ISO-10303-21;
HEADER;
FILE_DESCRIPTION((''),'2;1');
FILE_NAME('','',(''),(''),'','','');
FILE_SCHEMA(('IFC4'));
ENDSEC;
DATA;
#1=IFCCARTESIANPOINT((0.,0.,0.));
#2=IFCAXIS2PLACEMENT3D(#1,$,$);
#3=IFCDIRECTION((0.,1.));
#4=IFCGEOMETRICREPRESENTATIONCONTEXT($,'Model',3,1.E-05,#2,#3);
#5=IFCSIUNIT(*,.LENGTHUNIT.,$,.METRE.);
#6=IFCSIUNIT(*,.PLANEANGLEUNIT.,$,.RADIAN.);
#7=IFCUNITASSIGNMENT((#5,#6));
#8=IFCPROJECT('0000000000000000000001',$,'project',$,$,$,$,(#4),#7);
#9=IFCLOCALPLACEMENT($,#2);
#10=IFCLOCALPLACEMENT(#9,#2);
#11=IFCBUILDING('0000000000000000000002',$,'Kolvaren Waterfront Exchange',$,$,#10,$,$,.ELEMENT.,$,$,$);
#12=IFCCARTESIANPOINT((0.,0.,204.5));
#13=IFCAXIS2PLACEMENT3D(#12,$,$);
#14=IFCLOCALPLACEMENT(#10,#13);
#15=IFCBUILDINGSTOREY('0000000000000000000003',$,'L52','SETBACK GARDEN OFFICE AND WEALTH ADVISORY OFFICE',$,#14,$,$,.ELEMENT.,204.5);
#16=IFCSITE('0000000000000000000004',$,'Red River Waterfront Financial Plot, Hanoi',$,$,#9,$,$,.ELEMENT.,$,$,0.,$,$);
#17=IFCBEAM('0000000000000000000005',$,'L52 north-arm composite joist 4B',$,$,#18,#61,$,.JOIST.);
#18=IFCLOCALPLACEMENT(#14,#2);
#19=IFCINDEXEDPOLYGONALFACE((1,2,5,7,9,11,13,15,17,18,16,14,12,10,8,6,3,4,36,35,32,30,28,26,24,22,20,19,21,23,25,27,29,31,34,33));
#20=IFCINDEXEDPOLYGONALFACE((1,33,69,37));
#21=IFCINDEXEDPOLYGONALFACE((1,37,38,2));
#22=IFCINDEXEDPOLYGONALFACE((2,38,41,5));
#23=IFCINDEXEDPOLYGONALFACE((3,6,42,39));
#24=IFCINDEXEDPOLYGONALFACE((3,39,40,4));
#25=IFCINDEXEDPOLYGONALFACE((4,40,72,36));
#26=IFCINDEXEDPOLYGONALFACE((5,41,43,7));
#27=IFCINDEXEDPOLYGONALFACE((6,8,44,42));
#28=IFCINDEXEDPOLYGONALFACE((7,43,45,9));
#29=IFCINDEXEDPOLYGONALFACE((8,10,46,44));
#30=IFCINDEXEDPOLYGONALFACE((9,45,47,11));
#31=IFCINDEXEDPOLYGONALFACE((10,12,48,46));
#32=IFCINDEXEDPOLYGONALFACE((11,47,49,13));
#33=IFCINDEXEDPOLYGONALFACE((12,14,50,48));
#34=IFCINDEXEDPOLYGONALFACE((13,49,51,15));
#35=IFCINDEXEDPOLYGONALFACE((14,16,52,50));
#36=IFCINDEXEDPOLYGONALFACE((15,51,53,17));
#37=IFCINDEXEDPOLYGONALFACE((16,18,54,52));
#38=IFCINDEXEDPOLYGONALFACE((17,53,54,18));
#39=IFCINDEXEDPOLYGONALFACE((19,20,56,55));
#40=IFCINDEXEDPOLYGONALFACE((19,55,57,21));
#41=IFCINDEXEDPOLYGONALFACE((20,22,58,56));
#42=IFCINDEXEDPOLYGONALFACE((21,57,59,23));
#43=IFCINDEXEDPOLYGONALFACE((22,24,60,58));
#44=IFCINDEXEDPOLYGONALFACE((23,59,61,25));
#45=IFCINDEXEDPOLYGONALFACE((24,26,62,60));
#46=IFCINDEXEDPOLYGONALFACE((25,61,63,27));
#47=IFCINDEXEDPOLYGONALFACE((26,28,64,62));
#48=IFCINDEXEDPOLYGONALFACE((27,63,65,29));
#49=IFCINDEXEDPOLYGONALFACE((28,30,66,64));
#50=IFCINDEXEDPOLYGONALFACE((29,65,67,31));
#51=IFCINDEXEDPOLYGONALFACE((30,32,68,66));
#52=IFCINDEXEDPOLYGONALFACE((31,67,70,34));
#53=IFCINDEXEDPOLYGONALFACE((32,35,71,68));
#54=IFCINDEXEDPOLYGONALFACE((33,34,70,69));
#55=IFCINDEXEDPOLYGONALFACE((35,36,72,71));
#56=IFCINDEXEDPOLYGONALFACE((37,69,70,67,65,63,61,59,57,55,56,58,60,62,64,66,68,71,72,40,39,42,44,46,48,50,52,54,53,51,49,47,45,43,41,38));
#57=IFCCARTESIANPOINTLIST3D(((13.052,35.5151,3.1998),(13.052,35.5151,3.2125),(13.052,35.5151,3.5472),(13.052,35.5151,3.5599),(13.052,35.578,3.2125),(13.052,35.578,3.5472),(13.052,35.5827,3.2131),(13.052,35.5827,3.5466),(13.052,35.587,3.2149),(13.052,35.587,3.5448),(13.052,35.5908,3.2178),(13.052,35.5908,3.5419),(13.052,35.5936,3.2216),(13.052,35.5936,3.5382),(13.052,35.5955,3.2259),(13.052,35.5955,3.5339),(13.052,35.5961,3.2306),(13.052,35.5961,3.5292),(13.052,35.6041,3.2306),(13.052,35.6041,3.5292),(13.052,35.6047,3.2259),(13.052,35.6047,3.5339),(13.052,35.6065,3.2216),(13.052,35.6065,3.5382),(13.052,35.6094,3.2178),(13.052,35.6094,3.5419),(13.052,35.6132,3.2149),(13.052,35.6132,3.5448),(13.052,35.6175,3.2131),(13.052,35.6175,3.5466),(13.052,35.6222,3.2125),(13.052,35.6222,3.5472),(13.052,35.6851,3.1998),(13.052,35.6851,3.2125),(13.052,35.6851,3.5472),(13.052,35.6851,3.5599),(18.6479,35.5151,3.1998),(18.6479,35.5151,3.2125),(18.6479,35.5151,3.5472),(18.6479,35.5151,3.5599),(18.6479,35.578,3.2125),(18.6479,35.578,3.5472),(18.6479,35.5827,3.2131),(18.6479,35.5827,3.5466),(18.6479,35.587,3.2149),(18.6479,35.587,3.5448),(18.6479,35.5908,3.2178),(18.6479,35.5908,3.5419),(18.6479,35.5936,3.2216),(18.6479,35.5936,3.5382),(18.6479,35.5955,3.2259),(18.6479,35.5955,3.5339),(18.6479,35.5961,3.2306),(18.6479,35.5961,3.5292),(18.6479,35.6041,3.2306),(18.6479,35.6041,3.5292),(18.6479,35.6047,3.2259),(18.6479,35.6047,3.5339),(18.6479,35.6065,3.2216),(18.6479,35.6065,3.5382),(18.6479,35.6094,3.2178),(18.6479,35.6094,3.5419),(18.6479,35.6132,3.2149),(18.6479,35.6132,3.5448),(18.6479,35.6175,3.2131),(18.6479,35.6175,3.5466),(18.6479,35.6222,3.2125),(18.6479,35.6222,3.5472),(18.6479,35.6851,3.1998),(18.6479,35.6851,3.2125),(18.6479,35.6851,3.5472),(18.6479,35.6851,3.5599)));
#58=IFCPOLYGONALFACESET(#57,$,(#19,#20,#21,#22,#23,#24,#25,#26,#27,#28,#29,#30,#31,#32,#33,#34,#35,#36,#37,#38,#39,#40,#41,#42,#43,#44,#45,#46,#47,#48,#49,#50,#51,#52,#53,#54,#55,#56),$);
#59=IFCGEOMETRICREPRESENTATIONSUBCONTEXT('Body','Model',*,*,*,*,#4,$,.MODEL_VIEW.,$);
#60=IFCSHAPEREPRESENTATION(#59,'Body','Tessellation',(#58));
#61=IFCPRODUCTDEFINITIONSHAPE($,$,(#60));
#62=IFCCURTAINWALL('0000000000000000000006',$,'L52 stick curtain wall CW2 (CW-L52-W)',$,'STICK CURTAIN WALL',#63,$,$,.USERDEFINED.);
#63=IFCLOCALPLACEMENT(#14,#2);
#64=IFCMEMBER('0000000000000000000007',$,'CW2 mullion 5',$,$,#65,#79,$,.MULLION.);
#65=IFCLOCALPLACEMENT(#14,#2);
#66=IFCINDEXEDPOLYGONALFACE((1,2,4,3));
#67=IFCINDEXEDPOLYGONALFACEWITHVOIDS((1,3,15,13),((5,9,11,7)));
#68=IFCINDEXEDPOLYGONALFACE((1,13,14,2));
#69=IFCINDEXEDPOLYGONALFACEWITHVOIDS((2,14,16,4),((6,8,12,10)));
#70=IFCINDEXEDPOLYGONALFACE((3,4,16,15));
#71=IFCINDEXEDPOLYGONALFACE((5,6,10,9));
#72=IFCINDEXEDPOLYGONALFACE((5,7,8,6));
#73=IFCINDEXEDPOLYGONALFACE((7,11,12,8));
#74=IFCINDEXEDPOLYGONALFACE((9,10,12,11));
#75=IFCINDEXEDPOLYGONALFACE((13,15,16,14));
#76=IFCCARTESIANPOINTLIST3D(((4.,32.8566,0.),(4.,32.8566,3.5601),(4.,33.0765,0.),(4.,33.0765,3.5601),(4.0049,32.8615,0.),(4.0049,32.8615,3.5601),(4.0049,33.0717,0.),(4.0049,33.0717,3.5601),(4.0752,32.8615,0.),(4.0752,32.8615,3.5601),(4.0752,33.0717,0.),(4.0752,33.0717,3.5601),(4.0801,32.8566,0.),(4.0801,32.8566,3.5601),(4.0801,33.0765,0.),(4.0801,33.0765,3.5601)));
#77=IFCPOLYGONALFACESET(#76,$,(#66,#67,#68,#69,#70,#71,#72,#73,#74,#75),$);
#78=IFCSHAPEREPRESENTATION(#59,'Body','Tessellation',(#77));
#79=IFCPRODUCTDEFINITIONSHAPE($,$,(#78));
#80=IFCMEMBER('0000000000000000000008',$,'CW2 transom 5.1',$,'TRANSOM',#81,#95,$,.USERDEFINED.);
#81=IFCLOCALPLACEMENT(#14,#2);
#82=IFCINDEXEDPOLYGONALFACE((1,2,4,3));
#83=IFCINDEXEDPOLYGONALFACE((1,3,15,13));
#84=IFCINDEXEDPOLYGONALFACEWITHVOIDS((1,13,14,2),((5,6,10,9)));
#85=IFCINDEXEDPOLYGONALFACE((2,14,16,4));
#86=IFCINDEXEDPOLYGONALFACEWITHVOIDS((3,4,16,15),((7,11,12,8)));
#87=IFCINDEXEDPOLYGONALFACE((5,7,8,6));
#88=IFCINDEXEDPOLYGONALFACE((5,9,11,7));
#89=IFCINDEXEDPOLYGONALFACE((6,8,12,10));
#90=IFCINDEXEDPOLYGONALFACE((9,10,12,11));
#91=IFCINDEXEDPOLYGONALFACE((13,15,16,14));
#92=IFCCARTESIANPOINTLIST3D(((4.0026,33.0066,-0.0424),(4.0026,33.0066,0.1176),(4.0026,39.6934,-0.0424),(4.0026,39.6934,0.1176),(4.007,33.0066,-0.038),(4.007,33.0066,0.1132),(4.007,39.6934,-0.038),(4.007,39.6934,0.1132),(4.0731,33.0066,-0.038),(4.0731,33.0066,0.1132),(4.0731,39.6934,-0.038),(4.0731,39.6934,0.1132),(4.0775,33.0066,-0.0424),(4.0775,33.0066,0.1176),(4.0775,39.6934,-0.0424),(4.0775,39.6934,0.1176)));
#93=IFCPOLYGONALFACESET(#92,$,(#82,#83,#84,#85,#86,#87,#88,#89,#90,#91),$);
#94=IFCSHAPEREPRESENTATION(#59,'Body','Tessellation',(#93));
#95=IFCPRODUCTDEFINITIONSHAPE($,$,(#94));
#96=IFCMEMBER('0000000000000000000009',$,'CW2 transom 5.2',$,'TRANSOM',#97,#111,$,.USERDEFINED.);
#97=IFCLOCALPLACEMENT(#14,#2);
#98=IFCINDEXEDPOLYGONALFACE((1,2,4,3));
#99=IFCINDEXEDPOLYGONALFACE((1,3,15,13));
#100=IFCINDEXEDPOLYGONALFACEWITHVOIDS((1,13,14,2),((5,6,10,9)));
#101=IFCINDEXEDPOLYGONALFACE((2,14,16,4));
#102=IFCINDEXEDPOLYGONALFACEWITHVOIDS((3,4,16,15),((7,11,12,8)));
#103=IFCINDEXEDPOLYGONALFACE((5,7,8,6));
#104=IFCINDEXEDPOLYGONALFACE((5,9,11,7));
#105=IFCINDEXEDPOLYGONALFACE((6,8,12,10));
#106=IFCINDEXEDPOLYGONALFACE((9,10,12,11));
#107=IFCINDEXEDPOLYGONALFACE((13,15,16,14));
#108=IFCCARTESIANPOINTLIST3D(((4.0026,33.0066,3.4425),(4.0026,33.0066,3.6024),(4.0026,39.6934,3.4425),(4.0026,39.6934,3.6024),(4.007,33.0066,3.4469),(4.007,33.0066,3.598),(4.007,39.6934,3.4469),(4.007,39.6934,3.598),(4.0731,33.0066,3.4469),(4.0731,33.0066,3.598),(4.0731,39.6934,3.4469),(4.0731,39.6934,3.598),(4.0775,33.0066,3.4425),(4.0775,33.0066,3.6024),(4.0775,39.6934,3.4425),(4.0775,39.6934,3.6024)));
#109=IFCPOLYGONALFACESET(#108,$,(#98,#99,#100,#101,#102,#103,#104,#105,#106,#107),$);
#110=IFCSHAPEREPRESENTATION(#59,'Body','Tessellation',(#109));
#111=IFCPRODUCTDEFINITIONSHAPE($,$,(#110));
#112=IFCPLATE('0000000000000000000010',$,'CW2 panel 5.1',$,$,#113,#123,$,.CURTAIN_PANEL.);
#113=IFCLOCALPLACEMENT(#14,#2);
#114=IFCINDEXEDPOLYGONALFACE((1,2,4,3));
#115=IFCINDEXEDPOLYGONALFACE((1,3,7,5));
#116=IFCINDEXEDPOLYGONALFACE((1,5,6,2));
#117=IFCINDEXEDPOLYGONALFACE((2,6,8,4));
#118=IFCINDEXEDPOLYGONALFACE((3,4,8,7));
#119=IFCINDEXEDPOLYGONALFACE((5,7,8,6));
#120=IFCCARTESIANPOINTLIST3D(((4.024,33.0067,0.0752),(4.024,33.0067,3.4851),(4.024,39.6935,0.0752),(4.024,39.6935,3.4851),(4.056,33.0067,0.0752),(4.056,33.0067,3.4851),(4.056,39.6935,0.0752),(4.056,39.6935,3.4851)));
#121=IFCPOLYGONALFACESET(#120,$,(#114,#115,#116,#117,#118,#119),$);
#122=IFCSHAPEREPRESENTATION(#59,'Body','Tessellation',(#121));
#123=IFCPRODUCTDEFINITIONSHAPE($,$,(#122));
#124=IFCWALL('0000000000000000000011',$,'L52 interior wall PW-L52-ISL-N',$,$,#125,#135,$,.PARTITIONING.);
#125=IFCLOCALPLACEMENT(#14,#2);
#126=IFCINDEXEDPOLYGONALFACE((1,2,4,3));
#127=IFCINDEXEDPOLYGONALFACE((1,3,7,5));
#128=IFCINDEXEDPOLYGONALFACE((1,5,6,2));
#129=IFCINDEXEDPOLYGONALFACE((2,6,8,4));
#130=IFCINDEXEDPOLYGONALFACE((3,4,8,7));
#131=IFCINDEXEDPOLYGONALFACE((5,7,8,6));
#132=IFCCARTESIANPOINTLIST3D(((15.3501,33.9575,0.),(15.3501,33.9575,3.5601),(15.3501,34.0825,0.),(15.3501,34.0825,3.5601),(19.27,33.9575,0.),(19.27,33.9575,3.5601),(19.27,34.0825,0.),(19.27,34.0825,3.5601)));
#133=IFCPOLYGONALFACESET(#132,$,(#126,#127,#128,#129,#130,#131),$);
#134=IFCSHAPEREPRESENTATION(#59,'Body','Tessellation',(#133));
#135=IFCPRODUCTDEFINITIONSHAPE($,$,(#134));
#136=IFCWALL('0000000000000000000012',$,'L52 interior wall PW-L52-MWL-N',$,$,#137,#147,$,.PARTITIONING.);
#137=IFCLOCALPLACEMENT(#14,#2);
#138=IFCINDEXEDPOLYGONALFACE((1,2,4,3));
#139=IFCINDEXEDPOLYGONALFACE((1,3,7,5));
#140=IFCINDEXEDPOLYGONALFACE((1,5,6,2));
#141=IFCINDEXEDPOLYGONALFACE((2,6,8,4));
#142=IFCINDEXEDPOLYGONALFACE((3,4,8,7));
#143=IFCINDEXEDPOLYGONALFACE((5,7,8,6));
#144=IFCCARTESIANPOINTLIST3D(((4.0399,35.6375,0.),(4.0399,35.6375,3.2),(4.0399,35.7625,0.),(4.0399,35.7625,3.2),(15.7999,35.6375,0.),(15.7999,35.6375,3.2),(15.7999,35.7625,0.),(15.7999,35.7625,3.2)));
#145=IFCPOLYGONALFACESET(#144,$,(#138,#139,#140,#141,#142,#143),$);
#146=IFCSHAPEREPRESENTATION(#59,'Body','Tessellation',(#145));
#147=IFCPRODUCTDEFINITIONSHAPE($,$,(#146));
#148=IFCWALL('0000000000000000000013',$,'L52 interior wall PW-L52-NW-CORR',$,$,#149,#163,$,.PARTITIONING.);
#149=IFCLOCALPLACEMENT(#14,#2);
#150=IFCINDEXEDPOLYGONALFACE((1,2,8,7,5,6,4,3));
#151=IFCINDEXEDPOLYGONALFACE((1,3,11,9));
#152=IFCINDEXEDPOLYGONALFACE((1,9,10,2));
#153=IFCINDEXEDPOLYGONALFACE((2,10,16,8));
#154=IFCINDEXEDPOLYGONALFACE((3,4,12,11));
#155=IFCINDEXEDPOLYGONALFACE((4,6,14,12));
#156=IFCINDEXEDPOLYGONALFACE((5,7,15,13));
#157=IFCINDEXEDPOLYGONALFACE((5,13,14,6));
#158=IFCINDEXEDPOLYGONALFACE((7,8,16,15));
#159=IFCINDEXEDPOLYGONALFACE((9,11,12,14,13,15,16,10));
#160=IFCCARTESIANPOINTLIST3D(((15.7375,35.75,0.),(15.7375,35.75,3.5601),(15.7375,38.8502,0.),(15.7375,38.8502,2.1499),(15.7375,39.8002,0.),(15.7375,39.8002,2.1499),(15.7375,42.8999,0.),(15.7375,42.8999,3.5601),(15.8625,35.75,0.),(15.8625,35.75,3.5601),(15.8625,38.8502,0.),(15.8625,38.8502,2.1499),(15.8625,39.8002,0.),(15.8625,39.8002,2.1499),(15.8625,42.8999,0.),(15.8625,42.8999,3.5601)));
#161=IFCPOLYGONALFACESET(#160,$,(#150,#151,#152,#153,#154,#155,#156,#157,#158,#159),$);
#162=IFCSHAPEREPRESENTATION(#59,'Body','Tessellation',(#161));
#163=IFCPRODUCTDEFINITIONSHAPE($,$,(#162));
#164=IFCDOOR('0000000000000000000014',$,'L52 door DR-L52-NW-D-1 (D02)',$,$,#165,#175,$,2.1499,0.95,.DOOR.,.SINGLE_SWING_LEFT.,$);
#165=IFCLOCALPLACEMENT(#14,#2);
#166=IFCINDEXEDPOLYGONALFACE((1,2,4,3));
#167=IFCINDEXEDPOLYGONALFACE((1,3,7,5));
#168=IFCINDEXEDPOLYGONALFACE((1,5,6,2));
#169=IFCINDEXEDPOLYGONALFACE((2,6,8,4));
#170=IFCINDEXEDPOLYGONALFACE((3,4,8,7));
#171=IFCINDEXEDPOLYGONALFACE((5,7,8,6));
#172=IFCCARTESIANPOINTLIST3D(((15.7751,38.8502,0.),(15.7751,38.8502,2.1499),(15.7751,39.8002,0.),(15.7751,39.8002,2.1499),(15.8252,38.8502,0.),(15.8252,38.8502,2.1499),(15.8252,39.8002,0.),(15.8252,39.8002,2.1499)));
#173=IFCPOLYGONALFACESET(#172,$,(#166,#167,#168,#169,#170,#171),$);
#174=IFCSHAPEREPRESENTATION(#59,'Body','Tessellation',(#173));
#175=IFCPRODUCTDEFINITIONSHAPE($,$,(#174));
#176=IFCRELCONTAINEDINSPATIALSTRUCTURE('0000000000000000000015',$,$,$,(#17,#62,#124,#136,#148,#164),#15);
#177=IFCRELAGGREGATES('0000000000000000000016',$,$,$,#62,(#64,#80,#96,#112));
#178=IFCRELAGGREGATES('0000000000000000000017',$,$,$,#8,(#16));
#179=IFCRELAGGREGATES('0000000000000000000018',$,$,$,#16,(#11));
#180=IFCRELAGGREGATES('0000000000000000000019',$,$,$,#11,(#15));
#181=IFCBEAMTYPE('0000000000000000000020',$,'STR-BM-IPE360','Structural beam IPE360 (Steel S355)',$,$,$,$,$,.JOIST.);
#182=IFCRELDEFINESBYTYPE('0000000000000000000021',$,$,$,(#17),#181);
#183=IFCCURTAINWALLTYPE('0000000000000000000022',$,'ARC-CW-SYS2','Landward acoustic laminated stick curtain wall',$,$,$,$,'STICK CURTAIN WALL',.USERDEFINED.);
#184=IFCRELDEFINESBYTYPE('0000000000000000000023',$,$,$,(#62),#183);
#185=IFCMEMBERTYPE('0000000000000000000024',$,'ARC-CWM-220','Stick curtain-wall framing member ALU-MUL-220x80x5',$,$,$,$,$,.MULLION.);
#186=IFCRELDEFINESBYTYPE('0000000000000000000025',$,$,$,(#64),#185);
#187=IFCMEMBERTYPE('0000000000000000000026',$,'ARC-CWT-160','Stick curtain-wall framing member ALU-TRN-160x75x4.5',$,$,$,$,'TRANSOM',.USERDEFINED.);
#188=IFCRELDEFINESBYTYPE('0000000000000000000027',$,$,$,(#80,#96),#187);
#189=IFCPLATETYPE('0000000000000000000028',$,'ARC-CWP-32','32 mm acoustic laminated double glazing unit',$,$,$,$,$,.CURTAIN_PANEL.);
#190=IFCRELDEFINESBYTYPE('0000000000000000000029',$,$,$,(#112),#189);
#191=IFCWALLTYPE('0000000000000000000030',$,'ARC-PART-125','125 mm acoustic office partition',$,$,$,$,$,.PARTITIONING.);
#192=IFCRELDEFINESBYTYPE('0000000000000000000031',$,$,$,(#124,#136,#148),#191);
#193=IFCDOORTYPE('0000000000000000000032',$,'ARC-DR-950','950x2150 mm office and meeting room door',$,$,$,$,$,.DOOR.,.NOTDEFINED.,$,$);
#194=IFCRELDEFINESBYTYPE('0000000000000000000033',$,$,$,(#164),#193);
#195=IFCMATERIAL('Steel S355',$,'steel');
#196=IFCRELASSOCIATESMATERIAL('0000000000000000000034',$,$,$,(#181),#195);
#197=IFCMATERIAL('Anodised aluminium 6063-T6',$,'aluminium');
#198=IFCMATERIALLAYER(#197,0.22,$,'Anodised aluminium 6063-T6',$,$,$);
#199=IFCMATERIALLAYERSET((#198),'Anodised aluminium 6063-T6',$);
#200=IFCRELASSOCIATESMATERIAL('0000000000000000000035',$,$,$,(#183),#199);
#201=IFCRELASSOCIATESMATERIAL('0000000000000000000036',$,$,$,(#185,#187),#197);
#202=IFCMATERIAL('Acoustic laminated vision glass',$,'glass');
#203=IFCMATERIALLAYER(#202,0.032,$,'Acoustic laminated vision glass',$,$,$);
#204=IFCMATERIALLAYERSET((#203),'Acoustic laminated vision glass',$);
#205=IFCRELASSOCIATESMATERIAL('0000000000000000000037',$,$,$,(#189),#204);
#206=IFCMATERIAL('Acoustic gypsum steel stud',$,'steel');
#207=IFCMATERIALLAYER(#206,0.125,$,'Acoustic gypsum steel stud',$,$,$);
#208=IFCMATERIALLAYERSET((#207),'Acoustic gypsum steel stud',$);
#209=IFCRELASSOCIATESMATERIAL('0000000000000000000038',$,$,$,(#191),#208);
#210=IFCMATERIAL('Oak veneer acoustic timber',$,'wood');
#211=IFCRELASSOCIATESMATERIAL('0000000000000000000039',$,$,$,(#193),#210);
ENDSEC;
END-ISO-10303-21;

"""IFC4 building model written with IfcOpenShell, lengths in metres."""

from ifc_helpers import new_model, si_unit, direction, frame, frame_2d, origin, origin_with_axes, origin_2d, place, context, subcontext, project, spatial, rectangle, hollow_rectangle, i_section, extrude, source, transform, mapped, material, layer, layer_set, material_profile, profile_set, type_object, element, fill, aggregate, save


model = new_model("IFC4")

# Units and contexts
model_context = context("Model", 3, precision=1e-05, world=origin(), true_north=direction((0.0, 1.0)))
body_context = subcontext(model_context, "Body", "Model", "MODEL_VIEW")
ifc_project = project(units=[si_unit("LENGTHUNIT", "METRE"), si_unit("PLANEANGLEUNIT", "RADIAN")], contexts=[model_context])

# Site, building, storey
site_placement = place(None, origin())
site = spatial("IfcSite", under=ifc_project, at=site_placement, Name="Red River Waterfront Financial Plot, Hanoi", CompositionType="ELEMENT", RefElevation=0.0)
building_placement = place(site_placement, origin())
building = spatial("IfcBuilding", under=site, at=building_placement, Name="Kolvaren Waterfront Exchange", CompositionType="ELEMENT")
storey_placement = place(building_placement, frame((0.0, 0.0, 204.5)))
storey = spatial("IfcBuildingStorey", under=building, at=storey_placement, Name="L52", Description="SETBACK GARDEN OFFICE AND WEALTH ADVISORY OFFICE", CompositionType="ELEMENT", Elevation=204.5)

# Beam
ifc_material_1 = material(Name="Steel S355", Category="steel")
ifc_material_profile_1 = material_profile(ifc_material_1, i_section(OverallWidth=0.1699, OverallDepth=0.3601, WebThickness=0.0081, FlangeThickness=0.0127, FilletRadius=0.0181, at=origin_2d()), Name="IPE360")
ifc_profile_set_1 = profile_set([ifc_material_profile_1], Name="Steel S355")
beam_type_1 = type_object("IfcBeamType", Name="STR-BM-IPE360", Description="Structural beam IPE360 (Steel S355)", PredefinedType="JOIST", material=ifc_profile_set_1)
beam_1_placement = place(storey_placement, frame((13.052, 35.6001, 3.3799), z_axis=(1.0, 0.0, 0.0), x_axis=(0.0, 1.0, 0.0)))
element("IfcBeam", 1, at=beam_1_placement, inside=storey, type_object=beam_type_1, Name="L52 north-arm composite joist 4B", PredefinedType="JOIST", context=body_context, shape_type="SweptSolid", body=[
    extrude(i_section(OverallWidth=0.1699, OverallDepth=0.3601, WebThickness=0.0081, FlangeThickness=0.0127, FilletRadius=0.0181, at=origin_2d()), origin(), (0.0, 0.0, 1.0), 5.5959),
])

# Curtain wall, members, plate
ifc_material_2 = material(Name="Anodised aluminium 6063-T6", Category="aluminium")
ifc_layer_1 = layer(ifc_material_2, 0.22, Name="Anodised aluminium 6063-T6")
ifc_layer_set_1 = layer_set([ifc_layer_1], Name="Anodised aluminium 6063-T6")
curtain_wall_type = type_object("IfcCurtainWallType", Name="ARC-CW-SYS2", Description="Landward acoustic laminated stick curtain wall", ElementType="STICK CURTAIN WALL", PredefinedType="USERDEFINED", material=ifc_layer_set_1)
curtain_wall_placement = place(storey_placement, origin())
curtain_wall = element("IfcCurtainWall", 2, at=curtain_wall_placement, inside=storey, type_object=curtain_wall_type, Name="L52 stick curtain wall CW2 (CW-L52-W)", ObjectType="STICK CURTAIN WALL", PredefinedType="USERDEFINED")
ifc_material_profile_2 = material_profile(ifc_material_2, hollow_rectangle(XDim=0.0801, YDim=0.22, WallThickness=0.0049, at=origin_2d()), Name="ALU-MUL-220x80x5")
ifc_profile_set_2 = profile_set([ifc_material_profile_2], Name="Anodised aluminium 6063-T6")
member_type_1 = type_object("IfcMemberType", Name="ARC-CWM-220", Description="Stick curtain-wall framing member ALU-MUL-220x80x5", PredefinedType="MULLION", material=ifc_profile_set_2)
shared_shape_1 = source(origin_with_axes(), body_context, "Body", "SweptSolid", [
    extrude(hollow_rectangle(XDim=0.0801, YDim=0.22, WallThickness=0.0049, at=origin_2d()), origin(), (0.0, 0.0, 1.0), 3.5601),
])
member_1_placement = place(storey_placement, frame((4.04, 32.9666, 0.0), z_axis=(0.0, 0.0, 1.0), x_axis=(-1.0, 0.0, 0.0)))
member_1 = element("IfcMember", 3, at=member_1_placement, type_object=member_type_1, Name="CW2 mullion 5", PredefinedType="MULLION", context=body_context, shape_type="MappedRepresentation", body=[
    mapped(shared_shape_1, transform((0.0, 0.0, 0.0), x_axis=(1.0, 0.0, 0.0), y_axis=(0.0, 1.0, 0.0), z_axis=(0.0, 0.0, 1.0), scale=1.0)),
])
ifc_material_profile_3 = material_profile(ifc_material_2, hollow_rectangle(XDim=0.075, YDim=0.1599, WallThickness=0.0044, at=origin_2d()), Name="ALU-TRN-160x75x4.5")
ifc_profile_set_3 = profile_set([ifc_material_profile_3], Name="Anodised aluminium 6063-T6")
member_type_2 = type_object("IfcMemberType", Name="ARC-CWT-160", Description="Stick curtain-wall framing member ALU-TRN-160x75x4.5", ElementType="TRANSOM", PredefinedType="USERDEFINED", material=ifc_profile_set_3)
shared_shape_2 = source(origin_with_axes(), body_context, "Body", "SweptSolid", [
    extrude(hollow_rectangle(XDim=0.075, YDim=0.1599, WallThickness=0.0044, at=origin_2d()), origin(), (0.0, 0.0, 1.0), 6.6868),
])
member_2_placement = place(storey_placement, frame((4.04, 33.0066, 0.0376), z_axis=(0.0, 1.0, 0.0), x_axis=(-1.0, 0.0, 0.0)))
member_2 = element("IfcMember", 4, at=member_2_placement, type_object=member_type_2, Name="CW2 transom 5.1", ObjectType="TRANSOM", PredefinedType="USERDEFINED", context=body_context, shape_type="MappedRepresentation", body=[
    mapped(shared_shape_2, transform((0.0, 0.0, 0.0), x_axis=(1.0, 0.0, 0.0), y_axis=(0.0, 1.0, 0.0), z_axis=(0.0, 0.0, 1.0), scale=1.0)),
])
member_3_placement = place(storey_placement, frame((4.04, 33.0066, 3.5225), z_axis=(0.0, 1.0, 0.0), x_axis=(-1.0, 0.0, 0.0)))
member_3 = element("IfcMember", 5, at=member_3_placement, type_object=member_type_2, Name="CW2 transom 5.2", ObjectType="TRANSOM", PredefinedType="USERDEFINED", context=body_context, shape_type="MappedRepresentation", body=[
    mapped(shared_shape_2, transform((0.0, 0.0, 0.0), x_axis=(1.0, 0.0, 0.0), y_axis=(0.0, 1.0, 0.0), z_axis=(0.0, 0.0, 1.0), scale=1.0)),
])
ifc_material_3 = material(Name="Acoustic laminated vision glass", Category="glass")
ifc_layer_2 = layer(ifc_material_3, 0.032, Name="Acoustic laminated vision glass")
ifc_layer_set_2 = layer_set([ifc_layer_2], Name="Acoustic laminated vision glass")
plate_type = type_object("IfcPlateType", Name="ARC-CWP-32", Description="32 mm acoustic laminated double glazing unit", PredefinedType="CURTAIN_PANEL", material=ifc_layer_set_2)
shared_shape_3 = source(origin_with_axes(), body_context, "Body", "SweptSolid", [
    extrude(rectangle(XDim=6.6868, YDim=0.032, at=origin_2d()), origin(), (0.0, 0.0, 1.0), 3.4099),
])
plate_placement = place(storey_placement, frame((4.04, 36.3501, 0.0752), z_axis=(0.0, 0.0, 1.0), x_axis=(0.0, 1.0, 0.0)))
plate = element("IfcPlate", 6, at=plate_placement, type_object=plate_type, Name="CW2 panel 5.1", PredefinedType="CURTAIN_PANEL", context=body_context, shape_type="MappedRepresentation", body=[
    mapped(shared_shape_3, transform((0.0, 0.0, 0.0), x_axis=(1.0, 0.0, 0.0), y_axis=(0.0, 1.0, 0.0), z_axis=(0.0, 0.0, 1.0), scale=1.0)),
])
aggregate(curtain_wall, [member_1, member_2, member_3, plate])

# Walls
ifc_material_4 = material(Name="Acoustic gypsum steel stud", Category="steel")
ifc_layer_3 = layer(ifc_material_4, 0.125, Name="Acoustic gypsum steel stud")
ifc_layer_set_3 = layer_set([ifc_layer_3], Name="Acoustic gypsum steel stud")
wall_type = type_object("IfcWallType", Name="ARC-PART-125", Description="125 mm acoustic office partition", PredefinedType="PARTITIONING", material=ifc_layer_set_3)
wall_1_placement = place(storey_placement, frame((15.3501, 34.02, 0.0), z_axis=(0.0, 0.0, 1.0), x_axis=(1.0, 0.0, 0.0)))
element("IfcWall", 7, at=wall_1_placement, inside=storey, type_object=wall_type, Name="L52 interior wall PW-L52-ISL-N", PredefinedType="PARTITIONING", context=body_context, shape_type="SweptSolid", body=[
    extrude(rectangle(XDim=3.9199, YDim=0.125, at=frame_2d((1.96, 0.0))), origin(), (0.0, 0.0, 1.0), 3.5601),
])
wall_2_placement = place(storey_placement, frame((4.04, 35.7, 0.0), z_axis=(0.0, 0.0, 1.0), x_axis=(1.0, 0.0, 0.0)))
element("IfcWall", 8, at=wall_2_placement, inside=storey, type_object=wall_type, Name="L52 interior wall PW-L52-MWL-N", PredefinedType="PARTITIONING", context=body_context, shape_type="SweptSolid", body=[
    extrude(rectangle(XDim=11.76, YDim=0.125, at=frame_2d((5.8799, 0.0))), origin(), (0.0, 0.0, 1.0), 3.2),
])

# Wall, opening, door
wall_3_placement = place(storey_placement, frame((15.8, 35.75, 0.0), z_axis=(0.0, 0.0, 1.0), x_axis=(0.0, 1.0, 0.0)))
wall_3 = element("IfcWall", 9, at=wall_3_placement, inside=storey, type_object=wall_type, Name="L52 interior wall PW-L52-NW-CORR", PredefinedType="PARTITIONING", context=body_context, shape_type="SweptSolid", body=[
    extrude(rectangle(XDim=7.1499, YDim=0.125, at=frame_2d((3.575, 0.0))), origin(), (0.0, 0.0, 1.0), 3.5601),
])
opening_1_placement = place(wall_3_placement, frame((3.1001, 0.0, 0.0)))
opening_1 = element("IfcOpeningElement", 10, at=opening_1_placement, cuts=wall_3, PredefinedType="OPENING", context=body_context, shape_type="SweptSolid", body=[
    extrude(rectangle(XDim=0.95, YDim=2.1499, at=frame_2d((0.4751, 1.075))), frame((0.0, 0.0725, 0.0), z_axis=(0.0, -1.0, 0.0), x_axis=(1.0, 0.0, 0.0)), (0.0, 0.0, 1.0), 0.145),
])
ifc_material_5 = material(Name="Oak veneer acoustic timber", Category="wood")
door_type = type_object("IfcDoorType", Name="ARC-DR-950", Description="950x2150 mm office and meeting room door", OperationType="NOTDEFINED", PredefinedType="DOOR", material=ifc_material_5)
door_1_placement = place(opening_1_placement, origin())
door_1 = element("IfcDoor", 11, at=door_1_placement, inside=storey, type_object=door_type, Name="L52 door DR-L52-NW-D-1 (D02)", OperationType="SINGLE_SWING_LEFT", OverallHeight=2.1499, OverallWidth=0.95, PredefinedType="DOOR", context=body_context, shape_type="SweptSolid", body=[
    extrude(rectangle(XDim=0.95, YDim=2.1499, at=frame_2d((0.4751, 1.075))), frame((0.0, 0.0249, 0.0), z_axis=(0.0, -1.0, 0.0), x_axis=(1.0, 0.0, 0.0)), (0.0, 0.0, 1.0), 0.05),
])
fill(opening_1, door_1)

save(model, "model.ifc")
